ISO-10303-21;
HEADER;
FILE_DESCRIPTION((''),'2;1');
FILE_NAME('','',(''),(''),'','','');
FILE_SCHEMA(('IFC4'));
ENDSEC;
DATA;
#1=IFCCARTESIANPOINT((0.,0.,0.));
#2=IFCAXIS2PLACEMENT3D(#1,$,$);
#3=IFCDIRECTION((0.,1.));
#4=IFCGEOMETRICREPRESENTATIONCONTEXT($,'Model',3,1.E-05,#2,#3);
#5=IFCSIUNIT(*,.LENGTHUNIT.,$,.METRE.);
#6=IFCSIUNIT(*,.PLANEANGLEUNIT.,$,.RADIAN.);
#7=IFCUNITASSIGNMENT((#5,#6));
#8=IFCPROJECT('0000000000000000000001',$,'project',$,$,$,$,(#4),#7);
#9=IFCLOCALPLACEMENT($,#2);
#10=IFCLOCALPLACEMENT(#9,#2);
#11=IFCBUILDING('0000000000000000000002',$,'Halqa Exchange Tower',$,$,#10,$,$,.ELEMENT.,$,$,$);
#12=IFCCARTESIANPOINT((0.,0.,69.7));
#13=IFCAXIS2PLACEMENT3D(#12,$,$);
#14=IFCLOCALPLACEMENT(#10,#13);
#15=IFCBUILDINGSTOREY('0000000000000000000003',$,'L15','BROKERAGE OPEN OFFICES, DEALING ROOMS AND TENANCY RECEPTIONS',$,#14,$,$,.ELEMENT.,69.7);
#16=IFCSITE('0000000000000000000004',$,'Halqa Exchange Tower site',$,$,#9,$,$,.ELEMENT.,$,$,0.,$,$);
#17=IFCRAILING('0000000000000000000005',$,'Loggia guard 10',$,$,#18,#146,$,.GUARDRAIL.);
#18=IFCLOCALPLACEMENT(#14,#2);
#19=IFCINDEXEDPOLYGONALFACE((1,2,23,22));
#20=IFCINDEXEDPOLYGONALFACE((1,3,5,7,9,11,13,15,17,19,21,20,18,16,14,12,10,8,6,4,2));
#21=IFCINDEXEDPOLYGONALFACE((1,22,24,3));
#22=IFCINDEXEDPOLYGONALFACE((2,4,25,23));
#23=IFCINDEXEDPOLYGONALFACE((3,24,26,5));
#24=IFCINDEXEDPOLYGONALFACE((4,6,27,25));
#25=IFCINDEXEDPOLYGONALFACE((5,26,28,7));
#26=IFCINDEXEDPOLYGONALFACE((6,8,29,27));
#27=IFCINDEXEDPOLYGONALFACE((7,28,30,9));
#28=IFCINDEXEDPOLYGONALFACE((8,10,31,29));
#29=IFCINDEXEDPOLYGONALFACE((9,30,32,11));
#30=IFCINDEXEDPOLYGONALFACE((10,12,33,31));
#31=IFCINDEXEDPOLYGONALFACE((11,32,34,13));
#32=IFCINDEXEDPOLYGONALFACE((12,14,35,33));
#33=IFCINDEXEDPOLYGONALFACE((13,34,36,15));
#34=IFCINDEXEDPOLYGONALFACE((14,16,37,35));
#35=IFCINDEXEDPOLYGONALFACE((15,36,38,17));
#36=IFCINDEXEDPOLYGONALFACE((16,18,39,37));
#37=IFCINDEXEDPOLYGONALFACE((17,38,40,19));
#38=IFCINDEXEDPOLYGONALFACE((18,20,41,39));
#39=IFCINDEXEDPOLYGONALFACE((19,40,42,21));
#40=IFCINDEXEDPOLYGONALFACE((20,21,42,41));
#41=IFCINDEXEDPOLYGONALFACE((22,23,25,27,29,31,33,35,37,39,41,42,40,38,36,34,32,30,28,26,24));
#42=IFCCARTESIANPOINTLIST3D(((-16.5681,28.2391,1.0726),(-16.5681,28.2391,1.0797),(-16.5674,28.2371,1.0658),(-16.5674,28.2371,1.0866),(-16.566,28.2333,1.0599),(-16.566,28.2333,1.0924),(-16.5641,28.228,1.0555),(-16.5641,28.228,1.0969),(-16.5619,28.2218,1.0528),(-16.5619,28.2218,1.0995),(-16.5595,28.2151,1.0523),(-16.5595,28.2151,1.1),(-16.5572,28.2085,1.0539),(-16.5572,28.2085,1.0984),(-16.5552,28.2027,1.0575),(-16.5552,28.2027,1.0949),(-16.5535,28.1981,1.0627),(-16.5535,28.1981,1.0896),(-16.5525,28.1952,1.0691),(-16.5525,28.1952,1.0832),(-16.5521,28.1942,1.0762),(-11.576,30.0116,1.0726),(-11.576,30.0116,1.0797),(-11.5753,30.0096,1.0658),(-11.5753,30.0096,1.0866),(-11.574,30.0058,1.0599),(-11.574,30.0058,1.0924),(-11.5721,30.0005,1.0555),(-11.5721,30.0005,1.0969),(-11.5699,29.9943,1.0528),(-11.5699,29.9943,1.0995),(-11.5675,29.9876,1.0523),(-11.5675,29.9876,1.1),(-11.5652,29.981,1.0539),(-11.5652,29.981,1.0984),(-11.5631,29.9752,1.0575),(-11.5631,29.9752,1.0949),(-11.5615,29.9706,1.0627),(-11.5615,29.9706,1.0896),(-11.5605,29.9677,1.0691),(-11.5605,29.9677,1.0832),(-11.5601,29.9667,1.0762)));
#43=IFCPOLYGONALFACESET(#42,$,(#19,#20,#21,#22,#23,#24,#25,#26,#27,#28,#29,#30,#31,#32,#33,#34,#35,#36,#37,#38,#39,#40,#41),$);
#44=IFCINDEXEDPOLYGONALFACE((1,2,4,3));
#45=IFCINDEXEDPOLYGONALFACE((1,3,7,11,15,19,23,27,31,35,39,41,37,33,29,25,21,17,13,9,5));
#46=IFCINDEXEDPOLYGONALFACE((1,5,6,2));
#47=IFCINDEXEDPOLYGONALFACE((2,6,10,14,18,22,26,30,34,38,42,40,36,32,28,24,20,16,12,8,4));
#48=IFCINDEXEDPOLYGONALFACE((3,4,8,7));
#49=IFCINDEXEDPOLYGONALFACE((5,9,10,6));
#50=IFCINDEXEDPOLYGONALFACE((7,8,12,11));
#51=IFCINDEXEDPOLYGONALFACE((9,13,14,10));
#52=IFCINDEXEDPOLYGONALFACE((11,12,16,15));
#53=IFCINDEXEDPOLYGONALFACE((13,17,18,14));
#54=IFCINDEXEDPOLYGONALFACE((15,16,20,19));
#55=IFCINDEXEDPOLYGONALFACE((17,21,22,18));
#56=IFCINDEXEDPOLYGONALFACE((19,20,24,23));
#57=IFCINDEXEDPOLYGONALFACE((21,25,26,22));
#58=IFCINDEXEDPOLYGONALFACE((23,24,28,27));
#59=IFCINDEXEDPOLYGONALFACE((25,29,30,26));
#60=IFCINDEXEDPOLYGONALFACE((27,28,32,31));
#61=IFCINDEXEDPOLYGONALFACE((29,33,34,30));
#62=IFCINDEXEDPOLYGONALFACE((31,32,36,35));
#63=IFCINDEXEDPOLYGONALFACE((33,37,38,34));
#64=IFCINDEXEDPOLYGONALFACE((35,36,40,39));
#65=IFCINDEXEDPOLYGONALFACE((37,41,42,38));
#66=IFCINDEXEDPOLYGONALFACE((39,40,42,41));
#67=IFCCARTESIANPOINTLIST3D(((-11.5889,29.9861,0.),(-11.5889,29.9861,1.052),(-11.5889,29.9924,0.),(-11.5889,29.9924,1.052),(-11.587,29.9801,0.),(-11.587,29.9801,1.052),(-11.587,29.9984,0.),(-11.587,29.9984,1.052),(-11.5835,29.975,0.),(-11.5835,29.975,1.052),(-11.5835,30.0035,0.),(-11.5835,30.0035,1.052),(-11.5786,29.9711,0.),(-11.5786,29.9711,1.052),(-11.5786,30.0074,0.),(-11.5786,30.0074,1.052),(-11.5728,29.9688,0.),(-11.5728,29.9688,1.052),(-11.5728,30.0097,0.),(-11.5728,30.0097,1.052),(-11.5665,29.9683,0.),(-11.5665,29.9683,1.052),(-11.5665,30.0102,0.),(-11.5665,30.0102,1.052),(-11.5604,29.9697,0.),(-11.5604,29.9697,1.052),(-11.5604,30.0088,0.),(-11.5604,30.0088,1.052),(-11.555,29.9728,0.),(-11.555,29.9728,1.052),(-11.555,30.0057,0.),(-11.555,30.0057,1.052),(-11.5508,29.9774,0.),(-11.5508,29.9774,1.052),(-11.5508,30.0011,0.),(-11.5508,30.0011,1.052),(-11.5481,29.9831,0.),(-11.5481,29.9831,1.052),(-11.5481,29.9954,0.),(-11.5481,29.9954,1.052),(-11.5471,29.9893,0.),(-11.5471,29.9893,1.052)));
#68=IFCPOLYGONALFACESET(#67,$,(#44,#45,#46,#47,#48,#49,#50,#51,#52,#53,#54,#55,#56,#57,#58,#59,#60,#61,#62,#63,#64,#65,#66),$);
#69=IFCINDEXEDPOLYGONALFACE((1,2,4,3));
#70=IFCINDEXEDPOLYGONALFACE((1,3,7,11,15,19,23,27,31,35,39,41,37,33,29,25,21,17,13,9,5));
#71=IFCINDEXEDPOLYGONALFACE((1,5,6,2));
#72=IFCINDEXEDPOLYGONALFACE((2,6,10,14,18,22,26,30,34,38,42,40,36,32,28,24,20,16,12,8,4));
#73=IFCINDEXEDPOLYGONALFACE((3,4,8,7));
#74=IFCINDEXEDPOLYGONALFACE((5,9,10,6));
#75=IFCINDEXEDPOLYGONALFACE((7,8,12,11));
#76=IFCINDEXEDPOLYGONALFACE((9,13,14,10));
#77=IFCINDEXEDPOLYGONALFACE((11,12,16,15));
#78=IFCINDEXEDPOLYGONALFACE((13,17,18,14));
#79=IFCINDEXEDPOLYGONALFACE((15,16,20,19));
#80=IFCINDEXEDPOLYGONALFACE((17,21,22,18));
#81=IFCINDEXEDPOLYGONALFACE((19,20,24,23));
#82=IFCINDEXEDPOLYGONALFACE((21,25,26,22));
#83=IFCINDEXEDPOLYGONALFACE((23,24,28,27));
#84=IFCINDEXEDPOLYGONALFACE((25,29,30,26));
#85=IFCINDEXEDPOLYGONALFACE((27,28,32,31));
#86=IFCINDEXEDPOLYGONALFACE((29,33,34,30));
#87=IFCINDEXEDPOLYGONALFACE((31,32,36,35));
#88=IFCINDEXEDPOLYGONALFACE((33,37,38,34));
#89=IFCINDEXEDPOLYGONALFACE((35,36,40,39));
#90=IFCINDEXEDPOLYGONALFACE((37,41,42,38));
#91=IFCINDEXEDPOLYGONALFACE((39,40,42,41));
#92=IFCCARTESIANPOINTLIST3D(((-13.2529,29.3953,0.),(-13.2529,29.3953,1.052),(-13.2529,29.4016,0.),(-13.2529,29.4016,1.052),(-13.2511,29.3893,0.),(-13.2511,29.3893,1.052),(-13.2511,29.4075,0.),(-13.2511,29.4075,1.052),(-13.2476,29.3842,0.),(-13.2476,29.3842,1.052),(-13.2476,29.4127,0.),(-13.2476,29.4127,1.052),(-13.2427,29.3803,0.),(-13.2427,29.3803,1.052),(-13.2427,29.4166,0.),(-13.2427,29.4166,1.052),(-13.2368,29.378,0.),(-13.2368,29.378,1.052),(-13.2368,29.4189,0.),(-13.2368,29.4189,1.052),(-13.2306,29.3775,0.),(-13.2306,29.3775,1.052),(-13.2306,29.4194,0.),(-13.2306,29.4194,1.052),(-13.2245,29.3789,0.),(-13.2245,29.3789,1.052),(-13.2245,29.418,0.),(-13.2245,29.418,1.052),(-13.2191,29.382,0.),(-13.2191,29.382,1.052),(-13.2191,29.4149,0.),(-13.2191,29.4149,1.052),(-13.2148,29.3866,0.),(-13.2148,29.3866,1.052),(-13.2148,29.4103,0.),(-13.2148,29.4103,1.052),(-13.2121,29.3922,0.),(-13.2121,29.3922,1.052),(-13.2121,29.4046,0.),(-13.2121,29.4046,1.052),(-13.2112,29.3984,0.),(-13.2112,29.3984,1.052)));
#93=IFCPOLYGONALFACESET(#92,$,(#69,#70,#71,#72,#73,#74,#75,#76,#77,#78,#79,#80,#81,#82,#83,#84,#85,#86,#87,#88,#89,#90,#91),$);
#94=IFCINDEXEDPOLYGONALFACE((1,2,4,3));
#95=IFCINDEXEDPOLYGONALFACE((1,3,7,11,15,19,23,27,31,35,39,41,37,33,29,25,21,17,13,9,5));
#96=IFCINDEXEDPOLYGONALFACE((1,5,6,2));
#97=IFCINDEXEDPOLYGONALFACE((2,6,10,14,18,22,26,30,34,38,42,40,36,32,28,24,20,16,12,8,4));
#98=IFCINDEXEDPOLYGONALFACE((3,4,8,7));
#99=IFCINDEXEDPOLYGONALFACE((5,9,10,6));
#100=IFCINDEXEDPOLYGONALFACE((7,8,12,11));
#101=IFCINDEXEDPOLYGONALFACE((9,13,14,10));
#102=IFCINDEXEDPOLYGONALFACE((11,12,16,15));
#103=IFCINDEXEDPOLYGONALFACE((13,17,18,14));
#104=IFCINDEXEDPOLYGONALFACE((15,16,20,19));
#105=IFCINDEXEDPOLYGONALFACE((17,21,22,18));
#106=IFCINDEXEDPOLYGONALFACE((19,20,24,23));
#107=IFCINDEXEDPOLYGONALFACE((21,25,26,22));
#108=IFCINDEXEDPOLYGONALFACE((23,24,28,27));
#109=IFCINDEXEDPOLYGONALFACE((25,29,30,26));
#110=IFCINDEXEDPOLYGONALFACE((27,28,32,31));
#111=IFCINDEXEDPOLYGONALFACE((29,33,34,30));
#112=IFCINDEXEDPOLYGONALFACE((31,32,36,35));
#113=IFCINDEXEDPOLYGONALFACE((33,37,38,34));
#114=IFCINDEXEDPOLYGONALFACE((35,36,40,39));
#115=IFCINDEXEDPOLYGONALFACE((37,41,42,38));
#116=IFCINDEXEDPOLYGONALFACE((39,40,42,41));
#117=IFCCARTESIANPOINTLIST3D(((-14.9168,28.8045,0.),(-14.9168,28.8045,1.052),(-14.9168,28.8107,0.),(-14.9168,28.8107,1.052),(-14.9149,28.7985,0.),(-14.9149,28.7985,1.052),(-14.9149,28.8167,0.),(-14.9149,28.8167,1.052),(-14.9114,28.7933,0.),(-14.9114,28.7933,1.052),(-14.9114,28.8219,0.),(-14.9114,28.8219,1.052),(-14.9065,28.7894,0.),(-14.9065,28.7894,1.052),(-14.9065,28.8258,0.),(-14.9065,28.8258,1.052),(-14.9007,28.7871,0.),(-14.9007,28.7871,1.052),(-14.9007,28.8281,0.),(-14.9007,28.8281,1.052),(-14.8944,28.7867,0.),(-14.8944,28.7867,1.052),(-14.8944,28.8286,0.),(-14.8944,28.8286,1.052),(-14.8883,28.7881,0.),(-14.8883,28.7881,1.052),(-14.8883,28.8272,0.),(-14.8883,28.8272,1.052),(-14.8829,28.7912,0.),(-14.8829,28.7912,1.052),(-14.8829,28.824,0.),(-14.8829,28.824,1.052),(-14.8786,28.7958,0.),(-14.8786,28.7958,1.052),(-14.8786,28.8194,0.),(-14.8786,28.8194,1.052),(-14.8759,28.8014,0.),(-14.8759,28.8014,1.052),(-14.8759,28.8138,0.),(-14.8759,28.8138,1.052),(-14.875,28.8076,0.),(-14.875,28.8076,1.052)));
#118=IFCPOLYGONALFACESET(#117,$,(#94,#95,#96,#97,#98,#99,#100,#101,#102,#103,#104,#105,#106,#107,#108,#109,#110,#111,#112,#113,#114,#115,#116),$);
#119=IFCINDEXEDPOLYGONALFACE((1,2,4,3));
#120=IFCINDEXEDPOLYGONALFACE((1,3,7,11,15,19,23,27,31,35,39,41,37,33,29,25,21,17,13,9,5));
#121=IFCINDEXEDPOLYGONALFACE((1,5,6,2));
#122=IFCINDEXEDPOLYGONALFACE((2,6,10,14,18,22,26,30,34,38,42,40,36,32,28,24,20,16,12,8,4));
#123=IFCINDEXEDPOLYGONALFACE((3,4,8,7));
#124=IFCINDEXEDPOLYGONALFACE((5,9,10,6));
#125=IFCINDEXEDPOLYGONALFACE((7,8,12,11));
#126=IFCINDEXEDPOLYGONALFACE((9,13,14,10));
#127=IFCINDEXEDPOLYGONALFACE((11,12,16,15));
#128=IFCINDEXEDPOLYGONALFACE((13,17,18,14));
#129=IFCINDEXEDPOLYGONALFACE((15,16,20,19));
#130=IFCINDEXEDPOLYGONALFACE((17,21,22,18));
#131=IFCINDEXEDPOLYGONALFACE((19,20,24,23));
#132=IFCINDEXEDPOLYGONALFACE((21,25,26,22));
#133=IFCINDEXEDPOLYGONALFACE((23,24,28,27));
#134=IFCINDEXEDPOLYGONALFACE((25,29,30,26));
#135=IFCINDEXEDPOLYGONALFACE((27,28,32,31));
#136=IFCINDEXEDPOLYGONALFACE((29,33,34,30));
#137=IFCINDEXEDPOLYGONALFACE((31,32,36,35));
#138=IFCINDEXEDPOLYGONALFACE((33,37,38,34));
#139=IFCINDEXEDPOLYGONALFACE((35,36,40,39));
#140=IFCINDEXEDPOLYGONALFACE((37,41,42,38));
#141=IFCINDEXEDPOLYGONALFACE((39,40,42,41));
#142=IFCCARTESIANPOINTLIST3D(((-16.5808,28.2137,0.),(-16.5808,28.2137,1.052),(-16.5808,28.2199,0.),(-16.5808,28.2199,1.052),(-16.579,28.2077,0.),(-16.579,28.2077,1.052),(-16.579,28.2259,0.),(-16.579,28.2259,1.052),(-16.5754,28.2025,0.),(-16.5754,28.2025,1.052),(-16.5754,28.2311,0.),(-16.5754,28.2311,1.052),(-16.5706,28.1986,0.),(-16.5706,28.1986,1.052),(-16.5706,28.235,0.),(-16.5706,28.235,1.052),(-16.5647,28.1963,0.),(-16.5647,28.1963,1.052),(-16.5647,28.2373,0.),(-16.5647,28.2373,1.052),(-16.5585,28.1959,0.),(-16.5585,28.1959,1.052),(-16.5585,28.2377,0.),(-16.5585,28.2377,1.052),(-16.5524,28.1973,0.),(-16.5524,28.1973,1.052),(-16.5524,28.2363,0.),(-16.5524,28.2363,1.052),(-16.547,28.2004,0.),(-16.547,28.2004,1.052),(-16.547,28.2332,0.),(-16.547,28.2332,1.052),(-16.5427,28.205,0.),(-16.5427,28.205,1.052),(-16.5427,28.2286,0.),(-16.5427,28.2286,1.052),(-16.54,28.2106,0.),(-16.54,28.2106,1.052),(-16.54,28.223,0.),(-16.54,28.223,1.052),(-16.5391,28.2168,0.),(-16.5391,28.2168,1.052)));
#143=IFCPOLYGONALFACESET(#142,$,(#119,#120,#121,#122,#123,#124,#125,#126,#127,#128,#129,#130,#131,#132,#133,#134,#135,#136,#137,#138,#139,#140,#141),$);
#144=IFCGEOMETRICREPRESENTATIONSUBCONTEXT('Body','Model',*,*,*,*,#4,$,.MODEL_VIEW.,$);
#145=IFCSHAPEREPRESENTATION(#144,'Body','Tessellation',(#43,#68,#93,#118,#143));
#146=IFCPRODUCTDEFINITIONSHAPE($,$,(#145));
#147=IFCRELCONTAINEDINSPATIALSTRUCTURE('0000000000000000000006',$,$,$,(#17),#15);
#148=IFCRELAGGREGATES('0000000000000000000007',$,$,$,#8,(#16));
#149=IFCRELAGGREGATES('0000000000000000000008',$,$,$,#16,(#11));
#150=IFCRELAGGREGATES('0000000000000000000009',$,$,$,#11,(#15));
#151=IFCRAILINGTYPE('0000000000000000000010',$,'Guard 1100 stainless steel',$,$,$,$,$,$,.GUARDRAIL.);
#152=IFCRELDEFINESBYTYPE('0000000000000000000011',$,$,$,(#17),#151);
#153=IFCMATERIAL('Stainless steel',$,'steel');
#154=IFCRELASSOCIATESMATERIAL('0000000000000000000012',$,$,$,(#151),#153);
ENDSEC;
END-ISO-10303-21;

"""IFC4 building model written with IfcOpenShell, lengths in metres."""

from ifc_helpers import new_model, si_unit, direction, frame, origin, origin_2d, place, context, subcontext, project, spatial, circle, extrude, material, type_object, element, save


model = new_model("IFC4")

# Units and contexts
model_context = context("Model", 3, precision=1e-05, world=origin(), true_north=direction((0.0, 1.0)))
body_context = subcontext(model_context, "Body", "Model", "MODEL_VIEW")
ifc_project = project(units=[si_unit("LENGTHUNIT", "METRE"), si_unit("PLANEANGLEUNIT", "RADIAN")], contexts=[model_context])

# Site, building, storey
site_placement = place(None, origin())
site = spatial("IfcSite", under=ifc_project, at=site_placement, Name="Halqa Exchange Tower site", CompositionType="ELEMENT", RefElevation=0.0)
building_placement = place(site_placement, origin())
building = spatial("IfcBuilding", under=site, at=building_placement, Name="Halqa Exchange Tower", CompositionType="ELEMENT")
storey_placement = place(building_placement, frame((0.0, 0.0, 69.7)))
storey = spatial("IfcBuildingStorey", under=building, at=storey_placement, Name="L15", Description="BROKERAGE OPEN OFFICES, DEALING ROOMS AND TENANCY RECEPTIONS", CompositionType="ELEMENT", Elevation=69.7)

# Railing
ifc_material_1 = material(Name="Stainless steel", Category="steel")
railing_type_1 = type_object("IfcRailingType", Name="Guard 1100 stainless steel", PredefinedType="GUARDRAIL", material=ifc_material_1)
railing_1_placement = place(storey_placement, frame((-11.5681, 29.9893, 0.0)))
element("IfcRailing", 1, at=railing_1_placement, inside=storey, type_object=railing_type_1, Name="Loggia guard 10", PredefinedType="GUARDRAIL", context=body_context, shape_type="SweptSolid", body=[
    extrude(circle(Radius=0.0239, at=origin_2d()), frame((0.0, 0.0, 1.0762), z_axis=(-0.942361, -0.334599, 0.0), x_axis=(0.334599, -0.942361, 0.0)), (0.0, 0.0, 1.0), 5.2974),
    extrude(circle(Radius=0.021, at=origin_2d()), origin(), (0.0, 0.0, 1.0), 1.052),
    extrude(circle(Radius=0.021, at=origin_2d()), frame((-1.6641, -0.5908, 0.0)), (0.0, 0.0, 1.0), 1.052),
    extrude(circle(Radius=0.021, at=origin_2d()), frame((-3.3279, -1.1816, 0.0)), (0.0, 0.0, 1.0), 1.052),
    extrude(circle(Radius=0.021, at=origin_2d()), frame((-4.9919, -1.7725, 0.0)), (0.0, 0.0, 1.0), 1.052),
])

save(model, "model.ifc")
